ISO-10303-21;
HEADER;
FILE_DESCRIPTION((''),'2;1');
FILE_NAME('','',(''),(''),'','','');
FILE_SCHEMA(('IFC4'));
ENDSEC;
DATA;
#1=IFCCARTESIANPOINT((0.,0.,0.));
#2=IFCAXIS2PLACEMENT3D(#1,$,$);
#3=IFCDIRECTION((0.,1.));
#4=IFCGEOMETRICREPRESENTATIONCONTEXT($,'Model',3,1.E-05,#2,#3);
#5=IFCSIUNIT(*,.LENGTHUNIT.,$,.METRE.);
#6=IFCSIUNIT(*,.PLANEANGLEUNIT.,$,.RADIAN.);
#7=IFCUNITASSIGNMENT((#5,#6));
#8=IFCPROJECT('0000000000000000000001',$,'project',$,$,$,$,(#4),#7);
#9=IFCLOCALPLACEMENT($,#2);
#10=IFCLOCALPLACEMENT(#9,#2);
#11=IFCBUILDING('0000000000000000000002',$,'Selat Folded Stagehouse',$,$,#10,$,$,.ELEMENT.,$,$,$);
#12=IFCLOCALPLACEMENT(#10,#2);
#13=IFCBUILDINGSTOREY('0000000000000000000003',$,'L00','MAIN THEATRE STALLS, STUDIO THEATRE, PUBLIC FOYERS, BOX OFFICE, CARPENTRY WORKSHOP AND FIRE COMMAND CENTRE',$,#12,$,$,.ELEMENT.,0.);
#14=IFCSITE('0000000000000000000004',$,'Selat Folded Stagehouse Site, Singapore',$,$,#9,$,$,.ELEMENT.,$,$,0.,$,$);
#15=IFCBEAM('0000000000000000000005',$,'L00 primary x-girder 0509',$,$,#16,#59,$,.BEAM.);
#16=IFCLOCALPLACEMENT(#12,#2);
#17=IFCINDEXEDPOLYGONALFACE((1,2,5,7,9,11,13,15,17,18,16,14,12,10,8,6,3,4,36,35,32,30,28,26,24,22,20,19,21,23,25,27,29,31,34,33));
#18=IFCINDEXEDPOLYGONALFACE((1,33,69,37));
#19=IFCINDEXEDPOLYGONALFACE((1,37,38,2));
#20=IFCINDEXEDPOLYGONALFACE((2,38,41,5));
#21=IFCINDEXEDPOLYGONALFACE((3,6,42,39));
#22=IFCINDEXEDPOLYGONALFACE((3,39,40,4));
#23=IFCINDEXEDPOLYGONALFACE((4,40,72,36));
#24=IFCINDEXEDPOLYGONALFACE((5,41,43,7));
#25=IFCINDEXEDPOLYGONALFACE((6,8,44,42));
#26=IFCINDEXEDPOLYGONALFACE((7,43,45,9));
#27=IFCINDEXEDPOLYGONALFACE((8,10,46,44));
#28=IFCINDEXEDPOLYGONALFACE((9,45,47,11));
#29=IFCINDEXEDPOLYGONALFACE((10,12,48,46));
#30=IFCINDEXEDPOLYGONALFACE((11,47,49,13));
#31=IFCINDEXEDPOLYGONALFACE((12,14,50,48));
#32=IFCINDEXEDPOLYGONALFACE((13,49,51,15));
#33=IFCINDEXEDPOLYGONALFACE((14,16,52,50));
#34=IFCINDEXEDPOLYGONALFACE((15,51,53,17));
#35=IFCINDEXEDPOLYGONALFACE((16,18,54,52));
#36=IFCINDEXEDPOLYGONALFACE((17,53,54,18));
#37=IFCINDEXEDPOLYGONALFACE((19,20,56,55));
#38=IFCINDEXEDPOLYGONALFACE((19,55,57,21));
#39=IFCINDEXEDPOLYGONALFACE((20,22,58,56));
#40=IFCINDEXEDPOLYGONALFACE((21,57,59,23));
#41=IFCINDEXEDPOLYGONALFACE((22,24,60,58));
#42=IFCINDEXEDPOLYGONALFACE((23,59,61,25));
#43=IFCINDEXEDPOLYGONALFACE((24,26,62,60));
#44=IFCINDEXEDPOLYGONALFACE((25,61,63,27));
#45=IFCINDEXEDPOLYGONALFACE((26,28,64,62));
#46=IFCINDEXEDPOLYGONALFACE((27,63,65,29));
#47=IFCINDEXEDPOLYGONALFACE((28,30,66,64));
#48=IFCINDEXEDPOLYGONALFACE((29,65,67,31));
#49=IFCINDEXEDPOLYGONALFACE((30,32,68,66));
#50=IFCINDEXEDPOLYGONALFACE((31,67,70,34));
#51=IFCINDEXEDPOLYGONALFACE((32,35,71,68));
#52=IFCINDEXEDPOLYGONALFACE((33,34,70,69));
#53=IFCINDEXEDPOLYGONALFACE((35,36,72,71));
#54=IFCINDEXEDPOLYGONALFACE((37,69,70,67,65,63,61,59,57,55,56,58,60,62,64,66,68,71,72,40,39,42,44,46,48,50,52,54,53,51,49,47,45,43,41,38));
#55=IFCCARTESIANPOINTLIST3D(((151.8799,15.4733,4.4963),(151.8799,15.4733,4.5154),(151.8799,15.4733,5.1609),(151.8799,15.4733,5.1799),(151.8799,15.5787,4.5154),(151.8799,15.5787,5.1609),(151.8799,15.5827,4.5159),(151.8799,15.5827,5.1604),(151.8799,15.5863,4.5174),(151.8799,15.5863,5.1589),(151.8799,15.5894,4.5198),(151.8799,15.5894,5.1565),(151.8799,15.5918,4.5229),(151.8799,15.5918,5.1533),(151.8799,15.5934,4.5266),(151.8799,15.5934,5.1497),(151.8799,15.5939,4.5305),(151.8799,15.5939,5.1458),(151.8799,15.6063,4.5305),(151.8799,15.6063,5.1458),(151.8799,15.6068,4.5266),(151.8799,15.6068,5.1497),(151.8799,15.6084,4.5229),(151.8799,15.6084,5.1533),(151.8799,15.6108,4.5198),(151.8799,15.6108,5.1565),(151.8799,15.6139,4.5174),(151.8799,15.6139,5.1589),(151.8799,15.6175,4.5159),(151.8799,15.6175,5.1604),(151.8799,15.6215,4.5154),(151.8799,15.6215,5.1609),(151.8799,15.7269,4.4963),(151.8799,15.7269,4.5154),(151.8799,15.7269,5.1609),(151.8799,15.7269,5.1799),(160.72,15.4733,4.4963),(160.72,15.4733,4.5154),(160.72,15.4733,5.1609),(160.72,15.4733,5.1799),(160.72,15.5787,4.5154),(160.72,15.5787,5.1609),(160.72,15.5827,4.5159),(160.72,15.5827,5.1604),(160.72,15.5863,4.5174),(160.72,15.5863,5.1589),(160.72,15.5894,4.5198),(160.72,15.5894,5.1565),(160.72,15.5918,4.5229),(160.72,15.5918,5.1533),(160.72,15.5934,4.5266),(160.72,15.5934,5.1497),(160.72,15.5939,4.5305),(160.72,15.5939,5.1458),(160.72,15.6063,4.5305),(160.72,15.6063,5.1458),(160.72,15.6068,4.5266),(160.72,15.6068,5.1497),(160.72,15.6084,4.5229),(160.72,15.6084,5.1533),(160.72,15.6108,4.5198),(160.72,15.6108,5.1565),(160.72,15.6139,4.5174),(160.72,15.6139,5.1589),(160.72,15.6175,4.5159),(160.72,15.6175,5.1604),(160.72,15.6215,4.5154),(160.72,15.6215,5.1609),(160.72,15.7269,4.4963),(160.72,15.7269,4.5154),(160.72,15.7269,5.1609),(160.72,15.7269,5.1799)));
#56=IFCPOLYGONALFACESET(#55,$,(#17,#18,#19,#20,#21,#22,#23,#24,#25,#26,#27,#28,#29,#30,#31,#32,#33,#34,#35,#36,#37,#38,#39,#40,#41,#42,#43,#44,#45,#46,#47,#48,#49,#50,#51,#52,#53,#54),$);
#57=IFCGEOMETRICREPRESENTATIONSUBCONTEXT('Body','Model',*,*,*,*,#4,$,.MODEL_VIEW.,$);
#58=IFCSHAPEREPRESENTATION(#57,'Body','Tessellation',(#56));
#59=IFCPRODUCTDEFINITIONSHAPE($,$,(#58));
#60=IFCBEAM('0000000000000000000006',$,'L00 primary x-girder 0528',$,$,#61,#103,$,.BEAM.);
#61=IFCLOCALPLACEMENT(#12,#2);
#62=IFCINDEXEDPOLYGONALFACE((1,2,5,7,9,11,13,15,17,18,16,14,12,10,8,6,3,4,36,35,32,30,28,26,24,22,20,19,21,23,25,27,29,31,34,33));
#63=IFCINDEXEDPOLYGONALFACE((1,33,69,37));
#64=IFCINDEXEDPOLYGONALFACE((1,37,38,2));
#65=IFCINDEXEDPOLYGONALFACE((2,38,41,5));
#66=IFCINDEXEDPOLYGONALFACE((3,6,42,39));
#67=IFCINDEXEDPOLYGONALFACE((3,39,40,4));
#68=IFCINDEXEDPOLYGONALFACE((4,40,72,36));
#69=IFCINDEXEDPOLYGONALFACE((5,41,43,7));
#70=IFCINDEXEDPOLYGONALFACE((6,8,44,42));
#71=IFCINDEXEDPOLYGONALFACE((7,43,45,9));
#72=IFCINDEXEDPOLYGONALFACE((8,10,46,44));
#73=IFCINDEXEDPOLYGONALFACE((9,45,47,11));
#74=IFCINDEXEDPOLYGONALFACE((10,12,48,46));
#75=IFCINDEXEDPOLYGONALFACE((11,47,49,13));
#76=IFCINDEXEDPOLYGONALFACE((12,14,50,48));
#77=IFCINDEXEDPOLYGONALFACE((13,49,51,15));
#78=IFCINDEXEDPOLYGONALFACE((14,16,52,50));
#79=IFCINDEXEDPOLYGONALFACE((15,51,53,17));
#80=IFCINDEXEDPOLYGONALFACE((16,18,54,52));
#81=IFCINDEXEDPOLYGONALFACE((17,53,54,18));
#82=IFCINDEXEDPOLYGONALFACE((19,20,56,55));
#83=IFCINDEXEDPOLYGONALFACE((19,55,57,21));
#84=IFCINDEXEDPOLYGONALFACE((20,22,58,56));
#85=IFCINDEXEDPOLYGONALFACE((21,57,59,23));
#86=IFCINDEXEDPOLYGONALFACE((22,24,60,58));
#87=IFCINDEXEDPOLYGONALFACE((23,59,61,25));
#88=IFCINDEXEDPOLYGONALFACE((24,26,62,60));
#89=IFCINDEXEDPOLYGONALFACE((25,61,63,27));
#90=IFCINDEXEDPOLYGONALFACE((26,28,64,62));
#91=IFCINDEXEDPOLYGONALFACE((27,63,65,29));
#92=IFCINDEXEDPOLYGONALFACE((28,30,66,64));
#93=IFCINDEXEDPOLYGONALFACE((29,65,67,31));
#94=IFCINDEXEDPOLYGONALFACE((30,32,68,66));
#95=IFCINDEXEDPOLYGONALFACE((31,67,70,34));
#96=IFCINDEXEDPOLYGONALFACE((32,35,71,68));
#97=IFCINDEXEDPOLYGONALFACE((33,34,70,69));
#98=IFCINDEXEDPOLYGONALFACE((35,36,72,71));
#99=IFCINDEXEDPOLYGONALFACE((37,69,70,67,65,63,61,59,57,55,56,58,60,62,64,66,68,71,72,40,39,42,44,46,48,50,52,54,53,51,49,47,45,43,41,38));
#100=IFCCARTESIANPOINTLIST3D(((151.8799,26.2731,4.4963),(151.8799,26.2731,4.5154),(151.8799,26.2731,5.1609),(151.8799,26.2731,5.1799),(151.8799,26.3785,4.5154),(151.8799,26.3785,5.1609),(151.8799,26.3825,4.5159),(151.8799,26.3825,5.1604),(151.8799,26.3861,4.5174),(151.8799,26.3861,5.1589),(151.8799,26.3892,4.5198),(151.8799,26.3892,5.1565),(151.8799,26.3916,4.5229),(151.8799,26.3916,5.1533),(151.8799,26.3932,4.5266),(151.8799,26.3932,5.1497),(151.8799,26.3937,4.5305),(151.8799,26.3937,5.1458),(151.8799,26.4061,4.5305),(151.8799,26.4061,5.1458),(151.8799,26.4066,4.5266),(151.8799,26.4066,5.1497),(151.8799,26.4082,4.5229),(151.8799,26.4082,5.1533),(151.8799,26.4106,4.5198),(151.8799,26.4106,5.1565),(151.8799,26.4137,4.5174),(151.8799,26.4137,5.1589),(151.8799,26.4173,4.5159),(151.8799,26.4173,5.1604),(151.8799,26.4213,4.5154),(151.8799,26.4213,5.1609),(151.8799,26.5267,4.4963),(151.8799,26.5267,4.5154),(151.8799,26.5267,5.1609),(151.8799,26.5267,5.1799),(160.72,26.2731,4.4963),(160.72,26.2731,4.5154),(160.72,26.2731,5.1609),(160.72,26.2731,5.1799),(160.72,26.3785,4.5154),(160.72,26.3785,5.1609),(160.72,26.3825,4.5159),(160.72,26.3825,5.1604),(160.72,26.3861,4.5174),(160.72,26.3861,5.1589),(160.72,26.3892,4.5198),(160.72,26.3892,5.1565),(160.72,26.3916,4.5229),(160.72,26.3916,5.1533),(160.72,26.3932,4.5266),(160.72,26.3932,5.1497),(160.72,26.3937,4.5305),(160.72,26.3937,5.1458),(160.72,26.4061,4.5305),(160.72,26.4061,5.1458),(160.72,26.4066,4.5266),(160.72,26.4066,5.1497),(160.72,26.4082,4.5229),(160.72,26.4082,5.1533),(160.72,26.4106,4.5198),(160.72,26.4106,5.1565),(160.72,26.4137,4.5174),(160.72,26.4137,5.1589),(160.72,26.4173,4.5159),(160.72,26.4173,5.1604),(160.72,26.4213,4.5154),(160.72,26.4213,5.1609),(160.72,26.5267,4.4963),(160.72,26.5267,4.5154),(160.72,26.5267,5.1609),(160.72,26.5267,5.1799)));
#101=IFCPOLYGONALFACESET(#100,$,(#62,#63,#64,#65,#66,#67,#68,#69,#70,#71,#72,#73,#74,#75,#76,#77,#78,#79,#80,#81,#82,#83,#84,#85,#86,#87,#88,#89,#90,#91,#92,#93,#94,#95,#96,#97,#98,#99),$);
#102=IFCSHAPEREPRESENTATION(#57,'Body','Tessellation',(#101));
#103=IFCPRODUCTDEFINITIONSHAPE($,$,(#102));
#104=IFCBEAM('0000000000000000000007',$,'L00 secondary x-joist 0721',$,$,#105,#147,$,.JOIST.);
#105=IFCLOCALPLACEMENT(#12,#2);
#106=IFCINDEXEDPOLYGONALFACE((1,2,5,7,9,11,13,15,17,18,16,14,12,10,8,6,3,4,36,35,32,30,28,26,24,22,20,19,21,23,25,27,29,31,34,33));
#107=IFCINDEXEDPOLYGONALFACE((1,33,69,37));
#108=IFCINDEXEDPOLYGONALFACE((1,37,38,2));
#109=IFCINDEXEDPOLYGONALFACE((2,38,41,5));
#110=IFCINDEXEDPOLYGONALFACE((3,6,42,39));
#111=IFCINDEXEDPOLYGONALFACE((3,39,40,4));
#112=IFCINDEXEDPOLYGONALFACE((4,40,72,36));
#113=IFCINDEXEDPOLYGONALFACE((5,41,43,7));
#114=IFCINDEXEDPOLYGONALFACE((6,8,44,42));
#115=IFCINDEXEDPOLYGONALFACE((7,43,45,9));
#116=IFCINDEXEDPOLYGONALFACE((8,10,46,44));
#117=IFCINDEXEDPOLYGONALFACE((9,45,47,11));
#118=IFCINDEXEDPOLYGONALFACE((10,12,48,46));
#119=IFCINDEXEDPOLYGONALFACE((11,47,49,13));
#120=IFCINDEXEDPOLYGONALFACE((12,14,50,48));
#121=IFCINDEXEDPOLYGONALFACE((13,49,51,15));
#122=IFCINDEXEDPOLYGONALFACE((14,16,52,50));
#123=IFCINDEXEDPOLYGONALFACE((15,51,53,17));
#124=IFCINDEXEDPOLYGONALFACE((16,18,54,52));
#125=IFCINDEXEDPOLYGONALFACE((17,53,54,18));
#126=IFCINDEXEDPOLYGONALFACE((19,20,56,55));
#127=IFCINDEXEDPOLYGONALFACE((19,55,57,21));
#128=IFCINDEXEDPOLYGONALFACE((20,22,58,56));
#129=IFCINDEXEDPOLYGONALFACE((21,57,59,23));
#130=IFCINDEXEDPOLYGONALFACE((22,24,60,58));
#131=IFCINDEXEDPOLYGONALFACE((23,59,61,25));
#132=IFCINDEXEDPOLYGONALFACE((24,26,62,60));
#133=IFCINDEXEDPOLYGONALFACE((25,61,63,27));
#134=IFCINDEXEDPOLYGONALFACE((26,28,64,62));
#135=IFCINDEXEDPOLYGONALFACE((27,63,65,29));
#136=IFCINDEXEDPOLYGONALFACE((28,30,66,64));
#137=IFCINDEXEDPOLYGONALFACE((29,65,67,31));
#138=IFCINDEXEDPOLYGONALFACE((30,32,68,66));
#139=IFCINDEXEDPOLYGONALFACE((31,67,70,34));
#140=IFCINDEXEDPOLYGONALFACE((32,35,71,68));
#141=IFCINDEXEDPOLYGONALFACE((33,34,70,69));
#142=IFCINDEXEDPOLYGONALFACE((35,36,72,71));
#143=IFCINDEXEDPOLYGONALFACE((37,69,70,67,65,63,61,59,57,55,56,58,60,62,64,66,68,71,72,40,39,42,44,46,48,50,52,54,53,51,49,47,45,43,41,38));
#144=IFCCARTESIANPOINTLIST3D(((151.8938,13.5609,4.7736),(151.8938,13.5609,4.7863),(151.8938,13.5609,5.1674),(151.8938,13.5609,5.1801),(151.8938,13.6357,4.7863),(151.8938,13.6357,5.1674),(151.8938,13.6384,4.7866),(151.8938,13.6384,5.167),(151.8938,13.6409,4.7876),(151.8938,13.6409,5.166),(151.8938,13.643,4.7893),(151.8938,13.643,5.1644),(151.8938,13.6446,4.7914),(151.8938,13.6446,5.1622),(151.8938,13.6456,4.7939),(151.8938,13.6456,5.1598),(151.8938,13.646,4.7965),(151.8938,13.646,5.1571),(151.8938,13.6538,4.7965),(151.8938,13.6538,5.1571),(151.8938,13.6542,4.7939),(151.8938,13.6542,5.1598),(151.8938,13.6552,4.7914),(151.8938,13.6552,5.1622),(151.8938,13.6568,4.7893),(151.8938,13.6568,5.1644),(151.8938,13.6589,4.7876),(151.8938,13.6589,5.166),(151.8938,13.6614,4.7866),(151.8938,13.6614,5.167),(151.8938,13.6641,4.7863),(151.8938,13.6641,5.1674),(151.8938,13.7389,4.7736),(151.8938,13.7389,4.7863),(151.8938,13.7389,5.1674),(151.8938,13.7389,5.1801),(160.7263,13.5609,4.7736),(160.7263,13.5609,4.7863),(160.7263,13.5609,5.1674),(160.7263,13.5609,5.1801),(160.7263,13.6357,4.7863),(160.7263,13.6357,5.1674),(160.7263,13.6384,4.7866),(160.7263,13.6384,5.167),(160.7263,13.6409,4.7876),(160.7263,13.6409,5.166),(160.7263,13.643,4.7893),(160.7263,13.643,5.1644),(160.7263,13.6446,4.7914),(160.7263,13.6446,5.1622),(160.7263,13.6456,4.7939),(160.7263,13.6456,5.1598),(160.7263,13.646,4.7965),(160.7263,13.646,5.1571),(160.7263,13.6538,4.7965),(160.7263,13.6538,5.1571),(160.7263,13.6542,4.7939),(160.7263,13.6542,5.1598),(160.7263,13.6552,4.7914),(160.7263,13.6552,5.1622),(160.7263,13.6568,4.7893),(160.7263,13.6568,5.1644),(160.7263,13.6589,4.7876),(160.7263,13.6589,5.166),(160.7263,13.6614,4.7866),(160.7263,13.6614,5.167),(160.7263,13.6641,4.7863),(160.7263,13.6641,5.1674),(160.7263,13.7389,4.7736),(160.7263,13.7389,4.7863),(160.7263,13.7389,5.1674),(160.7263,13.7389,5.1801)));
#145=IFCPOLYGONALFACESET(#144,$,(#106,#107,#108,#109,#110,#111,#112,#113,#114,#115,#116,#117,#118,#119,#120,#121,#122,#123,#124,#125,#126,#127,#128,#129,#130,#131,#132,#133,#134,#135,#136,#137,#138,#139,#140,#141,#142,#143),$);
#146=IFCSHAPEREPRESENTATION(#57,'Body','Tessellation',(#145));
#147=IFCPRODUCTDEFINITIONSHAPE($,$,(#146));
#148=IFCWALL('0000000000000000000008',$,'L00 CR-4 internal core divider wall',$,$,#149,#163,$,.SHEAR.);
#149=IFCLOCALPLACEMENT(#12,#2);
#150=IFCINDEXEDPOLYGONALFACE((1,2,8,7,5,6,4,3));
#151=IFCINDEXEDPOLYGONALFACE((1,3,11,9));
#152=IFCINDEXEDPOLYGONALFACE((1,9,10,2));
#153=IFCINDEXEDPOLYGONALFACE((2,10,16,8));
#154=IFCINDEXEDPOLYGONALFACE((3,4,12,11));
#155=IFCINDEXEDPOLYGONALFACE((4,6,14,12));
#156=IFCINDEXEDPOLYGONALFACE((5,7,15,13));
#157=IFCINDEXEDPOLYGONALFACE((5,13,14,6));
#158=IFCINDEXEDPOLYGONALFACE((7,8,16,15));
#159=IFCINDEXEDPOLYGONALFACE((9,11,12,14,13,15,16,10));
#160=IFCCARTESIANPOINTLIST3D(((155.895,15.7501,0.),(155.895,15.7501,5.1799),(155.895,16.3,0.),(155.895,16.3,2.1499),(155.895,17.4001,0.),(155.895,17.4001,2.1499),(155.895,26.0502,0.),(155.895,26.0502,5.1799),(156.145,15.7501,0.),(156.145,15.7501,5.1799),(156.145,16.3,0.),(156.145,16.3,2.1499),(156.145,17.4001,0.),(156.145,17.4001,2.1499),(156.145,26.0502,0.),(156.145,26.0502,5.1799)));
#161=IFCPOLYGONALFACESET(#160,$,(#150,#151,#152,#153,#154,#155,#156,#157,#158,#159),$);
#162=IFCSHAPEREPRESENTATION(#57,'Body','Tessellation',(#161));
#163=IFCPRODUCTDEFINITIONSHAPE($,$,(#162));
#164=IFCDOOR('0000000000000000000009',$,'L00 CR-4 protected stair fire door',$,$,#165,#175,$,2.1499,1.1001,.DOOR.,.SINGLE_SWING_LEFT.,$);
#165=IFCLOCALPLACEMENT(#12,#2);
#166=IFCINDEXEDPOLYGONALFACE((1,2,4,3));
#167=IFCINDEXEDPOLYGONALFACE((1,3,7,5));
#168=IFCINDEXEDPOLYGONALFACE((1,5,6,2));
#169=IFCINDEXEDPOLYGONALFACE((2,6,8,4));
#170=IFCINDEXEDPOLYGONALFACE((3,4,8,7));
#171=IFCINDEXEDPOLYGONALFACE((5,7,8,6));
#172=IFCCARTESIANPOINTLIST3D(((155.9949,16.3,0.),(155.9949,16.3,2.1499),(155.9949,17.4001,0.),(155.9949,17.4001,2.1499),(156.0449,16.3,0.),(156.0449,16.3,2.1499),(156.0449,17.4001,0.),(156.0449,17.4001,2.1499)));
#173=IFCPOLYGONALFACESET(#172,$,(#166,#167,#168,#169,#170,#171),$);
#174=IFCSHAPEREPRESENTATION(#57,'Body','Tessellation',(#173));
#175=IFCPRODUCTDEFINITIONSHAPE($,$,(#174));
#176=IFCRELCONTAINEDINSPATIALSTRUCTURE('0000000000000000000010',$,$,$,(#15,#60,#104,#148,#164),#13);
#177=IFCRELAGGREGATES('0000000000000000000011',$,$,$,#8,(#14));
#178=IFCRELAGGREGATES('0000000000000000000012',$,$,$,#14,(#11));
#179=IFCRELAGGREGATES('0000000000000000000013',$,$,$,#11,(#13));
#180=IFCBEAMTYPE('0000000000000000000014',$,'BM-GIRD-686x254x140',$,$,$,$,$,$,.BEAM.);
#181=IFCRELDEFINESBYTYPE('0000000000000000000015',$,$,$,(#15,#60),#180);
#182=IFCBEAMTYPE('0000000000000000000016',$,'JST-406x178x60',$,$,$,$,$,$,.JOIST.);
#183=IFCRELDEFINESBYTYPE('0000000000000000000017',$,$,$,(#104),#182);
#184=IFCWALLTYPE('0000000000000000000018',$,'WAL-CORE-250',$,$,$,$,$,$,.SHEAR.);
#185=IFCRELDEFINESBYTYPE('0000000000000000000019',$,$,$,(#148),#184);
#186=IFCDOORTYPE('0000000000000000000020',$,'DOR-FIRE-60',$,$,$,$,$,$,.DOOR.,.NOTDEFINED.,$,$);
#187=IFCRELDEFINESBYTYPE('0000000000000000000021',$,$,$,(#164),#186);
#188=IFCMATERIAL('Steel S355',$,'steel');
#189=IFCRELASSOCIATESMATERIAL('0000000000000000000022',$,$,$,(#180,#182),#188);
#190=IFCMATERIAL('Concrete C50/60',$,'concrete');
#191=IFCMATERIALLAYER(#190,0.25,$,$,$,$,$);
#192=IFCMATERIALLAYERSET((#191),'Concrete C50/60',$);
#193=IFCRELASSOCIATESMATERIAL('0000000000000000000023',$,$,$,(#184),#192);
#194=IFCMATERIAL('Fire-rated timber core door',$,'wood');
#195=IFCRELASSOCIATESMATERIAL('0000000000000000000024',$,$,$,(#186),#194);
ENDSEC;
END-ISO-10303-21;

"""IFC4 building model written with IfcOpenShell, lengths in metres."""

from ifc_helpers import new_model, si_unit, direction, frame, frame_2d, origin, origin_2d, place, context, subcontext, project, spatial, rectangle, i_section, extrude, material, layer, layer_set, material_profile, profile_set, type_object, element, fill, save


model = new_model("IFC4")

# Units and contexts
model_context = context("Model", 3, precision=1e-05, world=origin(), true_north=direction((0.0, 1.0)))
body_context = subcontext(model_context, "Body", "Model", "MODEL_VIEW")
ifc_project = project(units=[si_unit("LENGTHUNIT", "METRE"), si_unit("PLANEANGLEUNIT", "RADIAN")], contexts=[model_context])

# Site, building, storey
site_placement = place(None, origin())
site = spatial("IfcSite", under=ifc_project, at=site_placement, Name="Selat Folded Stagehouse Site, Singapore", CompositionType="ELEMENT", RefElevation=0.0)
building_placement = place(site_placement, origin())
building = spatial("IfcBuilding", under=site, at=building_placement, Name="Selat Folded Stagehouse", CompositionType="ELEMENT")
storey_placement = place(building_placement, origin())
storey = spatial("IfcBuildingStorey", under=building, at=storey_placement, Name="L00", Description="MAIN THEATRE STALLS, STUDIO THEATRE, PUBLIC FOYERS, BOX OFFICE, CARPENTRY WORKSHOP AND FIRE COMMAND CENTRE", CompositionType="ELEMENT", Elevation=0.0)

# Shared definitions
ifc_material_1 = material(Name="Steel S355", Category="steel")

# Beams
ifc_material_profile_1 = material_profile(ifc_material_1, i_section(OverallWidth=0.2537, OverallDepth=0.6836, WebThickness=0.0125, FlangeThickness=0.019, FilletRadius=0.0151, at=origin_2d()), Name="UKB 686x254x140")
ifc_profile_set_1 = profile_set([ifc_material_profile_1], Name="Steel S355")
beam_type_1 = type_object("IfcBeamType", Name="BM-GIRD-686x254x140", PredefinedType="BEAM", material=ifc_profile_set_1)
for number, where, z_axis, x_axis, name in (
    (1, (151.8799, 15.6001, 4.8381), (1.0, 0.0, 0.0), (0.0, 1.0, 0.0), "L00 primary x-girder 0509"),
    (2, (151.8799, 26.3999, 4.8381), (1.0, 0.0, 0.0), (0.0, 1.0, 0.0), "L00 primary x-girder 0528"),
):
    element("IfcBeam", number, at=place(storey_placement, frame(where, z_axis=z_axis, x_axis=x_axis)), inside=storey, type_object=beam_type_1, Name=name, PredefinedType="BEAM", context=body_context, shape_type="SweptSolid", body=[
        extrude(i_section(OverallWidth=0.2537, OverallDepth=0.6836, WebThickness=0.0125, FlangeThickness=0.019, FilletRadius=0.0151, at=origin_2d()), origin(), (0.0, 0.0, 1.0), 8.8401),
    ])
ifc_material_profile_2 = material_profile(ifc_material_1, i_section(OverallWidth=0.178, OverallDepth=0.4065, WebThickness=0.0078, FlangeThickness=0.0127, FilletRadius=0.0103, at=origin_2d()), Name="UKB 406x178x60")
ifc_profile_set_2 = profile_set([ifc_material_profile_2], Name="Steel S355")
beam_type_2 = type_object("IfcBeamType", Name="JST-406x178x60", PredefinedType="JOIST", material=ifc_profile_set_2)
beam_1_placement = place(storey_placement, frame((151.8938, 13.6499, 4.9768), z_axis=(1.0, 0.0, 0.0), x_axis=(0.0, 1.0, 0.0)))
element("IfcBeam", 3, at=beam_1_placement, inside=storey, type_object=beam_type_2, Name="L00 secondary x-joist 0721", PredefinedType="JOIST", context=body_context, shape_type="SweptSolid", body=[
    extrude(i_section(OverallWidth=0.178, OverallDepth=0.4065, WebThickness=0.0078, FlangeThickness=0.0127, FilletRadius=0.0103, at=origin_2d()), origin(), (0.0, 0.0, 1.0), 8.8325),
])

# Wall, opening, door
ifc_material_2 = material(Name="Concrete C50/60", Category="concrete")
ifc_layer_1 = layer(ifc_material_2, 0.25)
ifc_layer_set_1 = layer_set([ifc_layer_1], Name="Concrete C50/60")
wall_type_1 = type_object("IfcWallType", Name="WAL-CORE-250", PredefinedType="SHEAR", material=ifc_layer_set_1)
wall_1_placement = place(storey_placement, frame((156.02, 26.05, 0.0), z_axis=(0.0, 0.0, 1.0), x_axis=(0.0, -1.0, 0.0)))
wall_1 = element("IfcWall", 4, at=wall_1_placement, inside=storey, type_object=wall_type_1, Name="L00 CR-4 internal core divider wall", PredefinedType="SHEAR", context=body_context, shape_type="SweptSolid", body=[
    extrude(rectangle(XDim=10.3, YDim=0.25, at=frame_2d((5.1499, 0.0))), origin(), (0.0, 0.0, 1.0), 5.1799),
])
opening_1_placement = place(wall_1_placement, frame((8.6499, 0.0, 0.0)))
opening_1 = element("IfcOpeningElement", 5, at=opening_1_placement, cuts=wall_1, PredefinedType="OPENING", context=body_context, shape_type="SweptSolid", body=[
    extrude(rectangle(XDim=1.1001, YDim=2.1499, at=frame_2d((0.55, 1.075))), frame((0.0, 0.135, 0.0), z_axis=(0.0, -1.0, 0.0), x_axis=(1.0, 0.0, 0.0)), (0.0, 0.0, 1.0), 0.27),
])
ifc_material_3 = material(Name="Fire-rated timber core door", Category="wood")
door_type_1 = type_object("IfcDoorType", Name="DOR-FIRE-60", OperationType="NOTDEFINED", PredefinedType="DOOR", material=ifc_material_3)
door_1_placement = place(opening_1_placement, origin())
door_1 = element("IfcDoor", 6, at=door_1_placement, inside=storey, type_object=door_type_1, Name="L00 CR-4 protected stair fire door", OperationType="SINGLE_SWING_LEFT", OverallHeight=2.1499, OverallWidth=1.1001, PredefinedType="DOOR", context=body_context, shape_type="SweptSolid", body=[
    extrude(rectangle(XDim=1.1001, YDim=2.1499, at=frame_2d((0.55, 1.075))), frame((0.0, 0.0249, 0.0), z_axis=(0.0, -1.0, 0.0), x_axis=(1.0, 0.0, 0.0)), (0.0, 0.0, 1.0), 0.05),
])
fill(opening_1, door_1)

save(model, "model.ifc")
